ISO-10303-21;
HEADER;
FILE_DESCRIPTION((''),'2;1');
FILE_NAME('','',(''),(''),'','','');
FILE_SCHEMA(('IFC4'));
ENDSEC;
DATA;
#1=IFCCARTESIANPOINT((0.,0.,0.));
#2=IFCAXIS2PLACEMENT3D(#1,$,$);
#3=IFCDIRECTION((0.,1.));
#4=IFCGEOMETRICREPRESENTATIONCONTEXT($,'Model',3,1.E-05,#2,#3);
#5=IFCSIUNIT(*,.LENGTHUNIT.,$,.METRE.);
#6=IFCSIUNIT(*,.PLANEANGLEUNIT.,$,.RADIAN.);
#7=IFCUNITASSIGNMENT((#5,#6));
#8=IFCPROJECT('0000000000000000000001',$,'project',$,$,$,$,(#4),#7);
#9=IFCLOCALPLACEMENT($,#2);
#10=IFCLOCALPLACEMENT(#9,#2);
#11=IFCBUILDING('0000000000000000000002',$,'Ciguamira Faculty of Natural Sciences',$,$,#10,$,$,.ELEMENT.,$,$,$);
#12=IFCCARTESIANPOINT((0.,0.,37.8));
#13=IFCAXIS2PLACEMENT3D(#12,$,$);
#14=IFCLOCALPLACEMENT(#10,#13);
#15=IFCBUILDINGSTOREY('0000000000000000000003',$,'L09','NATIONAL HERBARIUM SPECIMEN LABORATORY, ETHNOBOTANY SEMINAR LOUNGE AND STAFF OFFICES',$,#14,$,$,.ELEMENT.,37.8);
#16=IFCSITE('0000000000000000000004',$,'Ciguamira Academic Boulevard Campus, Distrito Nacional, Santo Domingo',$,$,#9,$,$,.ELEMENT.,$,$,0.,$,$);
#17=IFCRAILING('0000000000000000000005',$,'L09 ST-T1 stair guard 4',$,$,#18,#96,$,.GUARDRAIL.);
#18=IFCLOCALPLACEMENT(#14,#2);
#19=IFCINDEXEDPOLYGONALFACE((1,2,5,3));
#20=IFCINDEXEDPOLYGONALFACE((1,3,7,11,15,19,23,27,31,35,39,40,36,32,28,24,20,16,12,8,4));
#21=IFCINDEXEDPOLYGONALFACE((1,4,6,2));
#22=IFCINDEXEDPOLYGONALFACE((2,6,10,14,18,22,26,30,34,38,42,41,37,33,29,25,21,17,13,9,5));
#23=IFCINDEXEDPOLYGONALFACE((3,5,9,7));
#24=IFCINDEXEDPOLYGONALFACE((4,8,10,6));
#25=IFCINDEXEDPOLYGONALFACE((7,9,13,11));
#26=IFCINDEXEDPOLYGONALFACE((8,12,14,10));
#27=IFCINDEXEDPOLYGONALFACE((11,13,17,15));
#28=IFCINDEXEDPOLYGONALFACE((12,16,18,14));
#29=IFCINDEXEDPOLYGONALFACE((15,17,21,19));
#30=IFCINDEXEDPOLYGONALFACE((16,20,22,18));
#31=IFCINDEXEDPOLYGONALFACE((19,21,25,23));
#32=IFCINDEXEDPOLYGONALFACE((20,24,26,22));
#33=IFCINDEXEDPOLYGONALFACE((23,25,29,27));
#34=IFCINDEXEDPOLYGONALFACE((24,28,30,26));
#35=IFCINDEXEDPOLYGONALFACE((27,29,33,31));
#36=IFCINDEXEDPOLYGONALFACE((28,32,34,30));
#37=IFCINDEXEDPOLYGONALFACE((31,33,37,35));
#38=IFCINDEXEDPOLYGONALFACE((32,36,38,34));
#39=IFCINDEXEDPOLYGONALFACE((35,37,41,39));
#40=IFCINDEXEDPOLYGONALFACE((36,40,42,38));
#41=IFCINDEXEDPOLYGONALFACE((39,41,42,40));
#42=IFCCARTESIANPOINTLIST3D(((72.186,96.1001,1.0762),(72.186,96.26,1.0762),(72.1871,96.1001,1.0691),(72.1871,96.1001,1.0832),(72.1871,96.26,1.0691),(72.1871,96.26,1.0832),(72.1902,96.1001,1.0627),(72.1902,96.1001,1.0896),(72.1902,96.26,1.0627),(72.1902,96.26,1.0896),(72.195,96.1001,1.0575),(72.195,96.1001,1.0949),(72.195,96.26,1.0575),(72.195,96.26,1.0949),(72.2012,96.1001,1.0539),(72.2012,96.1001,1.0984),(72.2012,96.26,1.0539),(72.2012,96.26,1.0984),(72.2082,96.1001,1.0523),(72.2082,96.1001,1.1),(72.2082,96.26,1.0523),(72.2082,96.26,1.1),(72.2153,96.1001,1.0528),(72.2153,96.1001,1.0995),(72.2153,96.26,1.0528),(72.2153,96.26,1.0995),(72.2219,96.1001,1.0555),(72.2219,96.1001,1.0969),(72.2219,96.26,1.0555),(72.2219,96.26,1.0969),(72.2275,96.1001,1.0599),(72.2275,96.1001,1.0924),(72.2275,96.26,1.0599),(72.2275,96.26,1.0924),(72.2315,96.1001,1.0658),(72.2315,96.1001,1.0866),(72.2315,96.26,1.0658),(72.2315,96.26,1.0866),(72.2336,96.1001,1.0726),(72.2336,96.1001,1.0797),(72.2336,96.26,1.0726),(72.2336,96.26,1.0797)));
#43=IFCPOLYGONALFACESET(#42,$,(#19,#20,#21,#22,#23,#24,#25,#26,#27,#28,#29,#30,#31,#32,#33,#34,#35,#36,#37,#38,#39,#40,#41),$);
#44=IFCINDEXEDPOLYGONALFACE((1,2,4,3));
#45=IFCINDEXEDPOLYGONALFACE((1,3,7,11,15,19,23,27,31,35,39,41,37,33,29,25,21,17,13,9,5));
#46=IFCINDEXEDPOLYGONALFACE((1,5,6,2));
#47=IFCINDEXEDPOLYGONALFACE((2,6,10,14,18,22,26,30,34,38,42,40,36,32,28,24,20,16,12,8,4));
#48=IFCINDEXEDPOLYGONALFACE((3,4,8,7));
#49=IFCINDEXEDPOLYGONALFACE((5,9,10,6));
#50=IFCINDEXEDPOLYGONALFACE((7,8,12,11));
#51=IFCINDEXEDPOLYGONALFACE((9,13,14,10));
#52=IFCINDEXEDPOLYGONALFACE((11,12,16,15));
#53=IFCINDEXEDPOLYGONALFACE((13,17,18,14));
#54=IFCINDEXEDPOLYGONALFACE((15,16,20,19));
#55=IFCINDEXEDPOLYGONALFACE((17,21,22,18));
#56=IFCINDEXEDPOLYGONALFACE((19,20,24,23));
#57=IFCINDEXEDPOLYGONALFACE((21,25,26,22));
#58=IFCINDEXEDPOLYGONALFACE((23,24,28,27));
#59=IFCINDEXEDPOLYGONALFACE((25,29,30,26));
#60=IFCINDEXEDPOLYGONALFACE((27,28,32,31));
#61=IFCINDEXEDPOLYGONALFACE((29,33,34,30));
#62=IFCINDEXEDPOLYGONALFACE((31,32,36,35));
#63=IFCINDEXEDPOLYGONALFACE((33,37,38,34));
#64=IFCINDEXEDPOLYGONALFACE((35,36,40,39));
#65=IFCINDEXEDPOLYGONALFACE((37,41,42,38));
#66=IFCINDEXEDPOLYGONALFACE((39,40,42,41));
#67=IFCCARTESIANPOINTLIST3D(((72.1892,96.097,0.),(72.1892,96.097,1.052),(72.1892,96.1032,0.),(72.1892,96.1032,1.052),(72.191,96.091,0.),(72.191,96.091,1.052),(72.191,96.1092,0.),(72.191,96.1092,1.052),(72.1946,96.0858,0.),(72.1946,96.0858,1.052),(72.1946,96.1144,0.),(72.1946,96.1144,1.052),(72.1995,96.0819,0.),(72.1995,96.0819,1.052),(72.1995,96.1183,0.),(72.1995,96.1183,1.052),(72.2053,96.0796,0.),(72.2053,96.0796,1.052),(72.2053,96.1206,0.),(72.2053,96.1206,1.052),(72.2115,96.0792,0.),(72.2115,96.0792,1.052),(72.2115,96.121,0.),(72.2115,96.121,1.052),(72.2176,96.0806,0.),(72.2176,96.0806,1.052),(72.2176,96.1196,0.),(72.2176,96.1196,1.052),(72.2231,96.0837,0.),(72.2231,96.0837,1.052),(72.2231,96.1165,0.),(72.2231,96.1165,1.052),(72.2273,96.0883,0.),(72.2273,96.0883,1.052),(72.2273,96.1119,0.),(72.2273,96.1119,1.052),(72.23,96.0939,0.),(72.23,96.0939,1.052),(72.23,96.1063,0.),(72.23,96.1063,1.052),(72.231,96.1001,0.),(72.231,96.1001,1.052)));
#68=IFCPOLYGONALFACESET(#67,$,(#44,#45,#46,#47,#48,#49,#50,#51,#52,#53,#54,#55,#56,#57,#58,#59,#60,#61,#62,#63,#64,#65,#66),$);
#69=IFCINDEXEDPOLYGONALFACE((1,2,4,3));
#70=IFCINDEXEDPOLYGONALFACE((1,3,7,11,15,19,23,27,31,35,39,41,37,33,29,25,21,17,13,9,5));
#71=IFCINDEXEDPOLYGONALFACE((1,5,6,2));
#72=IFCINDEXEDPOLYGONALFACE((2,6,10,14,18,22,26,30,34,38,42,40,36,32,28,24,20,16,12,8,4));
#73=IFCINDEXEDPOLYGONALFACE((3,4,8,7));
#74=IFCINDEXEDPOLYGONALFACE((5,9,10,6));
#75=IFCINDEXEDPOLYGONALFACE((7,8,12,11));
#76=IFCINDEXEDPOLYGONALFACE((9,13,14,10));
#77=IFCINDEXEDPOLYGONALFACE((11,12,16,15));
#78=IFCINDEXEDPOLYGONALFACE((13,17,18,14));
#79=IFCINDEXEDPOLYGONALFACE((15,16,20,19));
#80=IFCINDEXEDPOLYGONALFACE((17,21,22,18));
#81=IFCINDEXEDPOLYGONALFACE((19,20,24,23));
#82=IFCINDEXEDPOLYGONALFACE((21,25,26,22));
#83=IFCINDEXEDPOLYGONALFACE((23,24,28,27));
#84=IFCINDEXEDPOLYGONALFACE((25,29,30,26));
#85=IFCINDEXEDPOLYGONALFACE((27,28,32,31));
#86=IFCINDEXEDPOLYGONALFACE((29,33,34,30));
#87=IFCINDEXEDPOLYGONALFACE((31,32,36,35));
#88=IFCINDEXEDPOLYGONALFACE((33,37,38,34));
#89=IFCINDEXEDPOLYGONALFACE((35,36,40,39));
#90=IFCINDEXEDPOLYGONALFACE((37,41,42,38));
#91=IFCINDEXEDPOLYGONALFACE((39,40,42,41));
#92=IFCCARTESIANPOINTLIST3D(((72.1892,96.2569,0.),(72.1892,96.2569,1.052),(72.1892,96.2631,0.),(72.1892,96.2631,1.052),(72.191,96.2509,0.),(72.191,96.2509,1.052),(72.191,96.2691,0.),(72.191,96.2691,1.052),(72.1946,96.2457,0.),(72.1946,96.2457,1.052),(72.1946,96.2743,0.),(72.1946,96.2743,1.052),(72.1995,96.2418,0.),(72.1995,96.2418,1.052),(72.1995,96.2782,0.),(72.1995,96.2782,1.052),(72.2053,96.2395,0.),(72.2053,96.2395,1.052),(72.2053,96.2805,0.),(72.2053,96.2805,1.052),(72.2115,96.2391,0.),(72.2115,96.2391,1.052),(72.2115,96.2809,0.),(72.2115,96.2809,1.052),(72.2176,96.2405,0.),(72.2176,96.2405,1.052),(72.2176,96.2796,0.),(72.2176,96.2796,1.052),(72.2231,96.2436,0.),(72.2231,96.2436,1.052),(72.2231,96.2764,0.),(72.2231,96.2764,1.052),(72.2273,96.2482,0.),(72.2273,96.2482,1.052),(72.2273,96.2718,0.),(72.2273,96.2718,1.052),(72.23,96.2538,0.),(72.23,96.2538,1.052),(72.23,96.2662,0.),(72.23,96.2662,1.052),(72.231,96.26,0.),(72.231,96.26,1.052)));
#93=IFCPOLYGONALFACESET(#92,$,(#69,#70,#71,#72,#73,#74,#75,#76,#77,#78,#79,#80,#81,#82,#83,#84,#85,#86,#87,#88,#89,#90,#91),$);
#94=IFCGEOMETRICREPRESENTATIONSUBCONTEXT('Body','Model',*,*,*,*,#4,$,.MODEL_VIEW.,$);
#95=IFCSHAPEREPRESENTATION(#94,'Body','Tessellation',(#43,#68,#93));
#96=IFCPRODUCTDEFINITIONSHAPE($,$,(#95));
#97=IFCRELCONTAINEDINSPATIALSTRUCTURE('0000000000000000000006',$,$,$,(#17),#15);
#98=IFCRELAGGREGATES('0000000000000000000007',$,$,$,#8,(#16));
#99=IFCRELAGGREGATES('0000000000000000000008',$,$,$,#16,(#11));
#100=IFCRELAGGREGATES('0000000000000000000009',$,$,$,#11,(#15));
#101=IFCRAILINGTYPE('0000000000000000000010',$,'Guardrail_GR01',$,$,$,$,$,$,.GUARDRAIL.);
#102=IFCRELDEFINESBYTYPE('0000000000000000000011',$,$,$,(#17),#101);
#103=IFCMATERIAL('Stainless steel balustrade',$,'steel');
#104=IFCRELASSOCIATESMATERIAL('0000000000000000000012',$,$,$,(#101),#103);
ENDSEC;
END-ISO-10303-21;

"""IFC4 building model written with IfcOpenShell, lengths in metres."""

from ifc_helpers import new_model, si_unit, direction, frame, origin, origin_2d, place, context, subcontext, project, spatial, circle, extrude, material, type_object, element, save


model = new_model("IFC4")

# Units and contexts
model_context = context("Model", 3, precision=1e-05, world=origin(), true_north=direction((0.0, 1.0)))
body_context = subcontext(model_context, "Body", "Model", "MODEL_VIEW")
ifc_project = project(units=[si_unit("LENGTHUNIT", "METRE"), si_unit("PLANEANGLEUNIT", "RADIAN")], contexts=[model_context])

# Site, building, storey
site_placement = place(None, origin())
site = spatial("IfcSite", under=ifc_project, at=site_placement, Name="Ciguamira Academic Boulevard Campus, Distrito Nacional, Santo Domingo", CompositionType="ELEMENT", RefElevation=0.0)
building_placement = place(site_placement, origin())
building = spatial("IfcBuilding", under=site, at=building_placement, Name="Ciguamira Faculty of Natural Sciences", CompositionType="ELEMENT")
storey_placement = place(building_placement, frame((0.0, 0.0, 37.8)))
storey = spatial("IfcBuildingStorey", under=building, at=storey_placement, Name="L09", Description="NATIONAL HERBARIUM SPECIMEN LABORATORY, ETHNOBOTANY SEMINAR LOUNGE AND STAFF OFFICES", CompositionType="ELEMENT", Elevation=37.8)

# Railing
ifc_material_1 = material(Name="Stainless steel balustrade", Category="steel")
railing_type_1 = type_object("IfcRailingType", Name="Guardrail_GR01", PredefinedType="GUARDRAIL", material=ifc_material_1)
railing_1_placement = place(storey_placement, frame((72.21, 96.1001, 0.0)))
element("IfcRailing", 1, at=railing_1_placement, inside=storey, type_object=railing_type_1, Name="L09 ST-T1 stair guard 4", PredefinedType="GUARDRAIL", context=body_context, shape_type="SweptSolid", body=[
    extrude(circle(Radius=0.0239, at=origin_2d()), frame((0.0, 0.0, 1.0762), z_axis=(0.0, 1.0, 0.0), x_axis=(-1.0, 0.0, 0.0)), (0.0, 0.0, 1.0), 0.1599),
    extrude(circle(Radius=0.021, at=origin_2d()), origin(), (0.0, 0.0, 1.0), 1.052),
    extrude(circle(Radius=0.021, at=origin_2d()), frame((0.0, 0.1599, 0.0)), (0.0, 0.0, 1.0), 1.052),
])

save(model, "model.ifc")
